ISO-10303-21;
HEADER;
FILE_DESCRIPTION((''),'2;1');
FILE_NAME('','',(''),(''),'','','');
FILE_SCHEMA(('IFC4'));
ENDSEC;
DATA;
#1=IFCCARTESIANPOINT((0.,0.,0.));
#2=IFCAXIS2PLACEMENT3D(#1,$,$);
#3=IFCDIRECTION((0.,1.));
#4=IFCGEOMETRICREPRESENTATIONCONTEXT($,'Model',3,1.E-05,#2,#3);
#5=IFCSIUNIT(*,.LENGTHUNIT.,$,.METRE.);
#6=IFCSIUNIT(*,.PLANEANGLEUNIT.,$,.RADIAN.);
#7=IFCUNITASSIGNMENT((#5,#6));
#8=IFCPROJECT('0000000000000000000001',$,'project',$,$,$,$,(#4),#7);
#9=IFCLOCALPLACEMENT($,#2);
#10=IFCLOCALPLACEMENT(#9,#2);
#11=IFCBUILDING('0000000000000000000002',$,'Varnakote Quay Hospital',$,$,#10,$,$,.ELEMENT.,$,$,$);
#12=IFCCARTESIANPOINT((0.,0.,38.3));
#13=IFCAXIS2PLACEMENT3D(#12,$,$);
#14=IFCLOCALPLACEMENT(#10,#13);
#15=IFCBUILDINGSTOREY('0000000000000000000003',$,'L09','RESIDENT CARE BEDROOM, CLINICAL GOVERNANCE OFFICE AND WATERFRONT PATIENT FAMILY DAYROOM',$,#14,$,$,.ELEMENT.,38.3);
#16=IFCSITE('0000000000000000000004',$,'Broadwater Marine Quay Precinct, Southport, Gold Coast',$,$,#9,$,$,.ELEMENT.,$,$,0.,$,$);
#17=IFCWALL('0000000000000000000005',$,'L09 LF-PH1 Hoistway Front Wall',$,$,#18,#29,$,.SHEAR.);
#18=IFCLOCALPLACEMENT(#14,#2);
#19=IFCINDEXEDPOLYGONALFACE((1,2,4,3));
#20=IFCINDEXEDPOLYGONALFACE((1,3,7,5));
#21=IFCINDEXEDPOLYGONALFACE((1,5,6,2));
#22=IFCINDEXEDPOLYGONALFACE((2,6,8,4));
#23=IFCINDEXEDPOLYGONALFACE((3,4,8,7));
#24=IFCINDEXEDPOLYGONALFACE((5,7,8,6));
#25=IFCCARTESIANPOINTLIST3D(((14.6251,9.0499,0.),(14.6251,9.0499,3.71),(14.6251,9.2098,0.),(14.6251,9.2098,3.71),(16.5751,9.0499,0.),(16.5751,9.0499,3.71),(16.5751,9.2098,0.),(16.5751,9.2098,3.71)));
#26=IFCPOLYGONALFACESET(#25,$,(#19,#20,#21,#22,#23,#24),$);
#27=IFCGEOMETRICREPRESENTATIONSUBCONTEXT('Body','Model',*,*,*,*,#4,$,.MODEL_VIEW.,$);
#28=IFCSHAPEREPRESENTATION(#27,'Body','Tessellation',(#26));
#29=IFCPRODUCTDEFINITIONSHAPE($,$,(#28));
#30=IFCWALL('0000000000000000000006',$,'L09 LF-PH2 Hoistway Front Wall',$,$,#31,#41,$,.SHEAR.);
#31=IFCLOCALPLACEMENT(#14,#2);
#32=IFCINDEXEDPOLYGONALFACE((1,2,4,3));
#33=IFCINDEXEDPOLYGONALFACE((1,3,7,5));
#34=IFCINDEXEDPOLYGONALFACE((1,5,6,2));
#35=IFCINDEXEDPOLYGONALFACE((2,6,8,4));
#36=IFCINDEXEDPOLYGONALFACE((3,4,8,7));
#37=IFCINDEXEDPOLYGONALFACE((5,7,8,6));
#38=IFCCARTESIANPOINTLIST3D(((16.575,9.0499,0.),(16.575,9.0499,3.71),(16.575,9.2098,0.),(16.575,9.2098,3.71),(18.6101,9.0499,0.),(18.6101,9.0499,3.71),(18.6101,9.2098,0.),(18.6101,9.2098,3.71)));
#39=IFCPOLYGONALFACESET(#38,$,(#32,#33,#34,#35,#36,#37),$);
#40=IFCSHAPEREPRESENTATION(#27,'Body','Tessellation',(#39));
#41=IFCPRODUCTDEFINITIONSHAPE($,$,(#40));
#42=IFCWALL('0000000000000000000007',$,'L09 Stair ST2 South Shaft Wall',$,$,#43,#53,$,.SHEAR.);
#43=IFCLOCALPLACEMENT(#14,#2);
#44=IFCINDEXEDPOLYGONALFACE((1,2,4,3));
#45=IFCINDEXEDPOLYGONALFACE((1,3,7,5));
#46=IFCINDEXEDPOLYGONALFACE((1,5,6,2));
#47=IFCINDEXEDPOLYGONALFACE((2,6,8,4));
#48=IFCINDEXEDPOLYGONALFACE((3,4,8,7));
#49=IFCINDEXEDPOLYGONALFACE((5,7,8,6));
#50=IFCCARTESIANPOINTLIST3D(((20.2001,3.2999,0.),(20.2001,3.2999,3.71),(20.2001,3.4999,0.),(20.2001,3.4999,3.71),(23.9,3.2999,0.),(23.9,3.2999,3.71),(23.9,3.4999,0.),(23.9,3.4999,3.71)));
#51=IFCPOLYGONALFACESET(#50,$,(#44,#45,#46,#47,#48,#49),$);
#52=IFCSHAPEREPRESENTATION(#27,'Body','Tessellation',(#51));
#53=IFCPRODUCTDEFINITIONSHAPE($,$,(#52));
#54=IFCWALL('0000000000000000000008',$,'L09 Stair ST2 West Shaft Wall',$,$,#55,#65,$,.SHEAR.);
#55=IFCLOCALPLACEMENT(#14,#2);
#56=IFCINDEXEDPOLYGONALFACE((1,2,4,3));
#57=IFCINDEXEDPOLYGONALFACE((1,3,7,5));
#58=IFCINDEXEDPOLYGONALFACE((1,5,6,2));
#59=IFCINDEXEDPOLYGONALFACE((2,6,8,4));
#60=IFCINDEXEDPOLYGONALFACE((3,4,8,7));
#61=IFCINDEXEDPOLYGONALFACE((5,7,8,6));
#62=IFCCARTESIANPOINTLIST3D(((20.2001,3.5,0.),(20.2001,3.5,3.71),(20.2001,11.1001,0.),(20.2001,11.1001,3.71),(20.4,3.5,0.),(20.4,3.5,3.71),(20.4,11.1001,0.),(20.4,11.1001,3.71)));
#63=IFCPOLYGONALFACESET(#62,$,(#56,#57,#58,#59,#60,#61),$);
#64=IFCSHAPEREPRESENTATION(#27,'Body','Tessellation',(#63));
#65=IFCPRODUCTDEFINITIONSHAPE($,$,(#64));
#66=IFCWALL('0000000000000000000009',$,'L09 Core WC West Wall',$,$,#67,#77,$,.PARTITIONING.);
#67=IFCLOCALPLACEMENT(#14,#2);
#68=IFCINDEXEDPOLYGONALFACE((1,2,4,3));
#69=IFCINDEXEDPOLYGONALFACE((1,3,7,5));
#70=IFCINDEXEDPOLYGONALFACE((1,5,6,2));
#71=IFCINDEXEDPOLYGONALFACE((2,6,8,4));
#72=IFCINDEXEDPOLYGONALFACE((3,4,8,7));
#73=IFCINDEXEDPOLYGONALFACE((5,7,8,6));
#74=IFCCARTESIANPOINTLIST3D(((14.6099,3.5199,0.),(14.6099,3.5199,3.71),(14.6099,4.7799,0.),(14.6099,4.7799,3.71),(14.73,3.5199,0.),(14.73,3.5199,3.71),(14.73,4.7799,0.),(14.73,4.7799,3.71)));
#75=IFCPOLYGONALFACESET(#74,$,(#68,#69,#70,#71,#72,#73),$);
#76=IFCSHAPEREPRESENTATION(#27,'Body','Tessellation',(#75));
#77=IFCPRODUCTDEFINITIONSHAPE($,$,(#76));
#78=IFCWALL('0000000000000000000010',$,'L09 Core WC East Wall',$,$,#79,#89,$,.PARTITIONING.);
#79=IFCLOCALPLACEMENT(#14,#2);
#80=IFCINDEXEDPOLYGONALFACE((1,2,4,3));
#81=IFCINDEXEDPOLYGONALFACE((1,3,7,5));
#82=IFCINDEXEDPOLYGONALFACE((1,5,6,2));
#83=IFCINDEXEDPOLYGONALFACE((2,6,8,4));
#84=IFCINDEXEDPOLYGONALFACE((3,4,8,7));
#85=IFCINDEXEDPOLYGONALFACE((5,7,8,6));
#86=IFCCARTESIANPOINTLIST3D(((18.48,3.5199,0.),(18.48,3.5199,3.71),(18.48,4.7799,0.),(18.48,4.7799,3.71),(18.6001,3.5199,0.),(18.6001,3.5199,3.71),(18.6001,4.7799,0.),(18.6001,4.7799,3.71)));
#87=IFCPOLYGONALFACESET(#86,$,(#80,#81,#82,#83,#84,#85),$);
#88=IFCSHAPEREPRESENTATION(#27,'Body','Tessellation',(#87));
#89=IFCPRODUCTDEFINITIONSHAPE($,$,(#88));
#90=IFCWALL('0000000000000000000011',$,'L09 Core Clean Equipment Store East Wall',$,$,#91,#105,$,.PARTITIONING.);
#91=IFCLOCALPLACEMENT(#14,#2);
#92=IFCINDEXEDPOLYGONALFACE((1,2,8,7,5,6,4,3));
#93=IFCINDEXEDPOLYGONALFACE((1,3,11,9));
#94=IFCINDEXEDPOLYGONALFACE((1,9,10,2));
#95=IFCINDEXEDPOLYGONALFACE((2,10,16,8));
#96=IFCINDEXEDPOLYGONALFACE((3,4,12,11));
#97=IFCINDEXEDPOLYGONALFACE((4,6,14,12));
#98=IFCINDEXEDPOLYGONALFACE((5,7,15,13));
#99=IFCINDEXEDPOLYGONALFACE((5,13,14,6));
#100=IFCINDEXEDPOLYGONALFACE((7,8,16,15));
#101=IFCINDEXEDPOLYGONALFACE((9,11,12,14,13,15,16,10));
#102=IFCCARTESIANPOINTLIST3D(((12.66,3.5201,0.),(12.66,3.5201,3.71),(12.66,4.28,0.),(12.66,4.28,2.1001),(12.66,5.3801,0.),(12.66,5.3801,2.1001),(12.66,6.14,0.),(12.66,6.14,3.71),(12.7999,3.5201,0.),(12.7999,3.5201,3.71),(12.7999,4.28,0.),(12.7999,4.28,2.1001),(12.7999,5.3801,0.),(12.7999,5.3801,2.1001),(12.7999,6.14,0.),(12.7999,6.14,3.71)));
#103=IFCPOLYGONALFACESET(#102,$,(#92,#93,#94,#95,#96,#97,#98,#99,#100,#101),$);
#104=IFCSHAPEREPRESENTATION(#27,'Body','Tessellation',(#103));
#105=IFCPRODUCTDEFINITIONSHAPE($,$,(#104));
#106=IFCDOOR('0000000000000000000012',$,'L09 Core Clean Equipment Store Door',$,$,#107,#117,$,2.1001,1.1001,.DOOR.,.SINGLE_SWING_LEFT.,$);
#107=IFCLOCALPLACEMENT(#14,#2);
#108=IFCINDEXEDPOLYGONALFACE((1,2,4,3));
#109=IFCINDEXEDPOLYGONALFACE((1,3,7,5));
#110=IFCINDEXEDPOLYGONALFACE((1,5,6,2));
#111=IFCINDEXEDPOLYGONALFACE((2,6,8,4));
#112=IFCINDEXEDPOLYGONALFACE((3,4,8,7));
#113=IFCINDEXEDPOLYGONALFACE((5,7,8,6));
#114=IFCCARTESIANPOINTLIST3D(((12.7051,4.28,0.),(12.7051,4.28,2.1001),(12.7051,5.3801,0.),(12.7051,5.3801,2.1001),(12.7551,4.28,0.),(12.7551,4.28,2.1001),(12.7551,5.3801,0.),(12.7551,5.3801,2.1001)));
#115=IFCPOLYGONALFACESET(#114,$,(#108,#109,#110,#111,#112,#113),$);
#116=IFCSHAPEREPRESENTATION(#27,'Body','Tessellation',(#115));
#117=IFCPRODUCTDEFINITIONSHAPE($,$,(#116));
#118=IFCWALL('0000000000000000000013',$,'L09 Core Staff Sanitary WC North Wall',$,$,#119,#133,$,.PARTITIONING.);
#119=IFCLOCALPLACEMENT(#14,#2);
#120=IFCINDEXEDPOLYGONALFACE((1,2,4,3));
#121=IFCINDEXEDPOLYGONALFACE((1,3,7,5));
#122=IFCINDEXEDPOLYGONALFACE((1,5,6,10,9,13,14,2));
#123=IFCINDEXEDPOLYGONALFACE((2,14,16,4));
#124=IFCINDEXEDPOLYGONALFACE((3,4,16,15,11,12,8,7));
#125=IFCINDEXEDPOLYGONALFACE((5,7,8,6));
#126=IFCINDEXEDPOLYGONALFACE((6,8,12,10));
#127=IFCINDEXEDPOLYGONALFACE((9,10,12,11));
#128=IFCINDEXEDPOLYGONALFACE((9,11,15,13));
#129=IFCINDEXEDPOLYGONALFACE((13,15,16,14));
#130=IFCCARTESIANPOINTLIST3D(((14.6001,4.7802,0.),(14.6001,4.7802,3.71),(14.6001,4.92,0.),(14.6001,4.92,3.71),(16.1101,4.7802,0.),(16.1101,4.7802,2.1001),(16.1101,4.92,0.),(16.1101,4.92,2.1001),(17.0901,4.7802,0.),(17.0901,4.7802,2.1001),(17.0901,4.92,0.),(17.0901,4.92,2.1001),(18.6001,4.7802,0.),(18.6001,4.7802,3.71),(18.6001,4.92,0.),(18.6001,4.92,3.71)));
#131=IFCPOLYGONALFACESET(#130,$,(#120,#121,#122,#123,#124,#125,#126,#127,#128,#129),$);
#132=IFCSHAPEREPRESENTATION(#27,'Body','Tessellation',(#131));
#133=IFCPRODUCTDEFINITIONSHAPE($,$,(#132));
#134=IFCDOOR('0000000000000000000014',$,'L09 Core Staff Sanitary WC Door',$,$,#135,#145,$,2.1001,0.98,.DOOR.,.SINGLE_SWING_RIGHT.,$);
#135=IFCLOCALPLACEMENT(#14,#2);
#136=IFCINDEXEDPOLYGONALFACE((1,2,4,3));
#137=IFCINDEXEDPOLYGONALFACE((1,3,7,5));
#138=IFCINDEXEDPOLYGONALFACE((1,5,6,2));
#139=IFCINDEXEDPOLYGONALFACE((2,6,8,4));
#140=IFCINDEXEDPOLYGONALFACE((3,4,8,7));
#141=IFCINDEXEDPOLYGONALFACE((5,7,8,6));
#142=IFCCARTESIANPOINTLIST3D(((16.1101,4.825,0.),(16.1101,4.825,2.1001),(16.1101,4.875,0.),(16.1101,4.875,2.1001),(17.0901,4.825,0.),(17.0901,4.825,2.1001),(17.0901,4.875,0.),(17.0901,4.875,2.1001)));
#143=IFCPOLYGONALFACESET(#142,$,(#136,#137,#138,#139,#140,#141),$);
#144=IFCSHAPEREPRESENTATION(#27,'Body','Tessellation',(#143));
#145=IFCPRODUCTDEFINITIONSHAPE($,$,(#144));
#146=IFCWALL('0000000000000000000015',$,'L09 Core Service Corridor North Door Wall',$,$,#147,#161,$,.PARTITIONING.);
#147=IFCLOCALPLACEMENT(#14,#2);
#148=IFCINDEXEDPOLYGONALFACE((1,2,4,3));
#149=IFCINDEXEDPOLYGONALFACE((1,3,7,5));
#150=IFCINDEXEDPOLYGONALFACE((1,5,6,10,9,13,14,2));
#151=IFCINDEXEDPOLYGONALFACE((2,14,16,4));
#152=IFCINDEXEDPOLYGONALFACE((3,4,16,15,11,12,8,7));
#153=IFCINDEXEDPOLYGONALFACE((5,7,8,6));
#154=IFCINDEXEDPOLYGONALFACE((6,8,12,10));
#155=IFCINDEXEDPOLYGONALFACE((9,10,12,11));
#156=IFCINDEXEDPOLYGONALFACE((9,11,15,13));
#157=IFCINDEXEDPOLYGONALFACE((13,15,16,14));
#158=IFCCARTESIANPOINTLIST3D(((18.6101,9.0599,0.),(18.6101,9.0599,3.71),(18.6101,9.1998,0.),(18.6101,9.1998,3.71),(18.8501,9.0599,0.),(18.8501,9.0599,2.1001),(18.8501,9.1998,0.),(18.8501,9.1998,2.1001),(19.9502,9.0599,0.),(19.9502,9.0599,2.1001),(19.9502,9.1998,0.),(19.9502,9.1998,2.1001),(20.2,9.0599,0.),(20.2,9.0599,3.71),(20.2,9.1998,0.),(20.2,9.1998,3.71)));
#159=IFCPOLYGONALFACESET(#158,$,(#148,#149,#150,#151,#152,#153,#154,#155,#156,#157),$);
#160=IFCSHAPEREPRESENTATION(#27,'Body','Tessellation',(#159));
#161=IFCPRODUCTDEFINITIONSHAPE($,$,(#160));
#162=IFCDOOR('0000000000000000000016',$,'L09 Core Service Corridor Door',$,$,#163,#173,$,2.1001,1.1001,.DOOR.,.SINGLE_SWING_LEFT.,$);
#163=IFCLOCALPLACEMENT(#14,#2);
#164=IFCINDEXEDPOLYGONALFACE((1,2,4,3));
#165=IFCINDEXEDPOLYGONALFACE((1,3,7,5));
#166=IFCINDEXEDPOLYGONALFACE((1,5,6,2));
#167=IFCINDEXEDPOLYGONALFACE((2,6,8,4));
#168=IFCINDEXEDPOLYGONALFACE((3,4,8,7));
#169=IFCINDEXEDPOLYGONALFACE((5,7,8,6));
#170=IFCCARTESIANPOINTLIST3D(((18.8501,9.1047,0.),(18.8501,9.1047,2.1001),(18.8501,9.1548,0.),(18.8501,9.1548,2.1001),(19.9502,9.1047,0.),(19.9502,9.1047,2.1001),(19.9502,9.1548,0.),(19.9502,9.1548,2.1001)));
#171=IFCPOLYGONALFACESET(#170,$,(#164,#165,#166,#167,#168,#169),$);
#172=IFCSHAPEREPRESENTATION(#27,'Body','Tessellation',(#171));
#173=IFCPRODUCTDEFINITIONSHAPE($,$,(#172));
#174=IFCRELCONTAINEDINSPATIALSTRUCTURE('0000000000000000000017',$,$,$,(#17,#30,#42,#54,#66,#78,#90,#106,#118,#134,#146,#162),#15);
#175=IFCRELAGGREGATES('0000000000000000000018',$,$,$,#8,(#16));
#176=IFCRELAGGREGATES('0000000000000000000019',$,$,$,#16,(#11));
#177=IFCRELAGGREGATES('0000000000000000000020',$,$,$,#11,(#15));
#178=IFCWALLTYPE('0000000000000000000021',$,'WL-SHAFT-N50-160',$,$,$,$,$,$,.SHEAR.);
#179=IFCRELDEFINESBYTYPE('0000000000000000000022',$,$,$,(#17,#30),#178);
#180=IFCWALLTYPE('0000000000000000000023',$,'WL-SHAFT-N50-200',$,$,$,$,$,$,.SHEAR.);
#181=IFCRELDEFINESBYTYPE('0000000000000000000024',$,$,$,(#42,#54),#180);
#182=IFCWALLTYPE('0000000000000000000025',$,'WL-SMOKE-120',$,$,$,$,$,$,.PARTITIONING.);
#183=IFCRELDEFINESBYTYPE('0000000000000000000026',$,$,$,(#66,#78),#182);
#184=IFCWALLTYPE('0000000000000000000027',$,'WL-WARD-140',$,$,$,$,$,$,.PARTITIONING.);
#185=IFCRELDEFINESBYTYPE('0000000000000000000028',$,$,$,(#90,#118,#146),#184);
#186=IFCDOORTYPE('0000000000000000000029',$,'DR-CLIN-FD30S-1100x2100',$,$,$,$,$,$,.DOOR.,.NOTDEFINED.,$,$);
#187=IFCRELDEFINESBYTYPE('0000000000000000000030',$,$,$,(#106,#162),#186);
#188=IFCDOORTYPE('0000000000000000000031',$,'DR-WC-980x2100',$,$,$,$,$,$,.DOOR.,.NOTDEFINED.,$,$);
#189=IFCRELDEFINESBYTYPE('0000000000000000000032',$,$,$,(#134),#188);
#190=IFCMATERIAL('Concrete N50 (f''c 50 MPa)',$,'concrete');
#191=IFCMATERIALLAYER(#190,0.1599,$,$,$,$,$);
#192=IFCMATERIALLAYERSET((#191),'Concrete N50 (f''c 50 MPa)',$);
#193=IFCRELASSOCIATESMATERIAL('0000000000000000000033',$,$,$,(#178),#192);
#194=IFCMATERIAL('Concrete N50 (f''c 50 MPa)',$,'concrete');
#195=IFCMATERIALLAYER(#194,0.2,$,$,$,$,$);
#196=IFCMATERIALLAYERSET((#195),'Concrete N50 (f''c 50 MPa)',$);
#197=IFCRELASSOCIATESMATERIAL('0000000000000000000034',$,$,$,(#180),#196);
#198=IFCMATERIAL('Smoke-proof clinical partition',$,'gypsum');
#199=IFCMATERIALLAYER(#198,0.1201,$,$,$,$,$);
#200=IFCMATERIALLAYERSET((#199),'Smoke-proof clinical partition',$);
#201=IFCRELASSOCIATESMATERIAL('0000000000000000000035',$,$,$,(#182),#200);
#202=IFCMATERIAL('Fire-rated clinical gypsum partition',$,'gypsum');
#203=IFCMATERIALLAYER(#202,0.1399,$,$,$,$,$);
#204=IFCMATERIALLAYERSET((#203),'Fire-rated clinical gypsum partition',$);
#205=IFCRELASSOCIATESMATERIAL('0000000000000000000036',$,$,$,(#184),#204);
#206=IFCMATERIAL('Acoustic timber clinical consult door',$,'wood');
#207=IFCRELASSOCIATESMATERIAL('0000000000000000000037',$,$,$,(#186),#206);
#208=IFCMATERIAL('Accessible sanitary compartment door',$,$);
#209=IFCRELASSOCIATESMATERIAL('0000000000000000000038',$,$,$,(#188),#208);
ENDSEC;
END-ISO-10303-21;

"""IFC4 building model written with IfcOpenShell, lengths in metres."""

from ifc_helpers import new_model, si_unit, direction, frame, frame_2d, origin, place, context, subcontext, project, spatial, rectangle, extrude, material, layer, layer_set, type_object, element, fill, save


model = new_model("IFC4")

# Units and contexts
model_context = context("Model", 3, precision=1e-05, world=origin(), true_north=direction((0.0, 1.0)))
body_context = subcontext(model_context, "Body", "Model", "MODEL_VIEW")
ifc_project = project(units=[si_unit("LENGTHUNIT", "METRE"), si_unit("PLANEANGLEUNIT", "RADIAN")], contexts=[model_context])

# Site, building, storey
site_placement = place(None, origin())
site = spatial("IfcSite", under=ifc_project, at=site_placement, Name="Broadwater Marine Quay Precinct, Southport, Gold Coast", CompositionType="ELEMENT", RefElevation=0.0)
building_placement = place(site_placement, origin())
building = spatial("IfcBuilding", under=site, at=building_placement, Name="Varnakote Quay Hospital", CompositionType="ELEMENT")
storey_placement = place(building_placement, frame((0.0, 0.0, 38.3)))
storey = spatial("IfcBuildingStorey", under=building, at=storey_placement, Name="L09", Description="RESIDENT CARE BEDROOM, CLINICAL GOVERNANCE OFFICE AND WATERFRONT PATIENT FAMILY DAYROOM", CompositionType="ELEMENT", Elevation=38.3)

# Walls
ifc_material_1 = material(Name="Concrete N50 (f'c 50 MPa)", Category="concrete")
ifc_layer_1 = layer(ifc_material_1, 0.1599)
ifc_layer_set_1 = layer_set([ifc_layer_1], Name="Concrete N50 (f'c 50 MPa)")
wall_type_1 = type_object("IfcWallType", Name="WL-SHAFT-N50-160", PredefinedType="SHEAR", material=ifc_layer_set_1)
wall_1_placement = place(storey_placement, frame((14.625, 9.1299, 0.0), z_axis=(0.0, 0.0, 1.0), x_axis=(1.0, 0.0, 0.0)))
element("IfcWall", 1, at=wall_1_placement, inside=storey, type_object=wall_type_1, Name="L09 LF-PH1 Hoistway Front Wall", PredefinedType="SHEAR", context=body_context, shape_type="SweptSolid", body=[
    extrude(rectangle(XDim=1.95, YDim=0.1599, at=frame_2d((0.9751, 0.0))), origin(), (0.0, 0.0, 1.0), 3.71),
])
wall_2_placement = place(storey_placement, frame((16.575, 9.1299, 0.0), z_axis=(0.0, 0.0, 1.0), x_axis=(1.0, 0.0, 0.0)))
element("IfcWall", 2, at=wall_2_placement, inside=storey, type_object=wall_type_1, Name="L09 LF-PH2 Hoistway Front Wall", PredefinedType="SHEAR", context=body_context, shape_type="SweptSolid", body=[
    extrude(rectangle(XDim=2.0352, YDim=0.1599, at=frame_2d((1.0176, 0.0))), origin(), (0.0, 0.0, 1.0), 3.71),
])
ifc_material_2 = material(Name="Concrete N50 (f'c 50 MPa)", Category="concrete")
ifc_layer_2 = layer(ifc_material_2, 0.2)
ifc_layer_set_2 = layer_set([ifc_layer_2], Name="Concrete N50 (f'c 50 MPa)")
wall_type_2 = type_object("IfcWallType", Name="WL-SHAFT-N50-200", PredefinedType="SHEAR", material=ifc_layer_set_2)
wall_3_placement = place(storey_placement, frame((20.2, 3.3999, 0.0), z_axis=(0.0, 0.0, 1.0), x_axis=(1.0, 0.0, 0.0)))
element("IfcWall", 3, at=wall_3_placement, inside=storey, type_object=wall_type_2, Name="L09 Stair ST2 South Shaft Wall", PredefinedType="SHEAR", context=body_context, shape_type="SweptSolid", body=[
    extrude(rectangle(XDim=3.7, YDim=0.2, at=frame_2d((1.8501, 0.0))), origin(), (0.0, 0.0, 1.0), 3.71),
])
wall_4_placement = place(storey_placement, frame((20.3, 3.5, 0.0), z_axis=(0.0, 0.0, 1.0), x_axis=(0.0, 1.0, 0.0)))
element("IfcWall", 4, at=wall_4_placement, inside=storey, type_object=wall_type_2, Name="L09 Stair ST2 West Shaft Wall", PredefinedType="SHEAR", context=body_context, shape_type="SweptSolid", body=[
    extrude(rectangle(XDim=7.6001, YDim=0.2, at=frame_2d((3.8, 0.0))), origin(), (0.0, 0.0, 1.0), 3.71),
])

# Walls
ifc_material_3 = material(Name="Smoke-proof clinical partition", Category="gypsum")
ifc_layer_3 = layer(ifc_material_3, 0.1201)
ifc_layer_set_3 = layer_set([ifc_layer_3], Name="Smoke-proof clinical partition")
wall_type_3 = type_object("IfcWallType", Name="WL-SMOKE-120", PredefinedType="PARTITIONING", material=ifc_layer_set_3)
for number, where, z_axis, x_axis, name in (
    (5, (14.6699, 3.52, 0.0), (0.0, 0.0, 1.0), (0.0, 1.0, 0.0), "L09 Core WC West Wall"),
    (6, (18.54, 3.52, 0.0), (0.0, 0.0, 1.0), (0.0, 1.0, 0.0), "L09 Core WC East Wall"),
):
    element("IfcWall", number, at=place(storey_placement, frame(where, z_axis=z_axis, x_axis=x_axis)), inside=storey, type_object=wall_type_3, Name=name, PredefinedType="PARTITIONING", context=body_context, shape_type="SweptSolid", body=[
        extrude(rectangle(XDim=1.26, YDim=0.1201, at=frame_2d((0.6299, 0.0))), origin(), (0.0, 0.0, 1.0), 3.71),
    ])

# Walls, openings, doors
ifc_material_4 = material(Name="Fire-rated clinical gypsum partition", Category="gypsum")
ifc_layer_4 = layer(ifc_material_4, 0.1399)
ifc_layer_set_4 = layer_set([ifc_layer_4], Name="Fire-rated clinical gypsum partition")
wall_type_4 = type_object("IfcWallType", Name="WL-WARD-140", PredefinedType="PARTITIONING", material=ifc_layer_set_4)
wall_5_placement = place(storey_placement, frame((12.73, 3.52, 0.0), z_axis=(0.0, 0.0, 1.0), x_axis=(0.0, 1.0, 0.0)))
wall_5 = element("IfcWall", 7, at=wall_5_placement, inside=storey, type_object=wall_type_4, Name="L09 Core Clean Equipment Store East Wall", PredefinedType="PARTITIONING", context=body_context, shape_type="SweptSolid", body=[
    extrude(rectangle(XDim=2.6199, YDim=0.1399, at=frame_2d((1.3101, 0.0))), origin(), (0.0, 0.0, 1.0), 3.71),
])
opening_1_placement = place(wall_5_placement, frame((0.76, 0.0, 0.0)))
opening_1 = element("IfcOpeningElement", 8, at=opening_1_placement, cuts=wall_5, PredefinedType="OPENING", context=body_context, shape_type="SweptSolid", body=[
    extrude(rectangle(XDim=1.1001, YDim=2.1001, at=frame_2d((0.55, 1.05))), frame((0.0, 0.0798, 0.0), z_axis=(0.0, -1.0, 0.0), x_axis=(1.0, 0.0, 0.0)), (0.0, 0.0, 1.0), 0.1599),
])
ifc_material_5 = material(Name="Acoustic timber clinical consult door", Category="wood")
door_type_1 = type_object("IfcDoorType", Name="DR-CLIN-FD30S-1100x2100", OperationType="NOTDEFINED", PredefinedType="DOOR", material=ifc_material_5)
door_1_placement = place(opening_1_placement, origin())
door_1 = element("IfcDoor", 9, at=door_1_placement, inside=storey, type_object=door_type_1, Name="L09 Core Clean Equipment Store Door", OperationType="SINGLE_SWING_LEFT", OverallHeight=2.1001, OverallWidth=1.1001, PredefinedType="DOOR", context=body_context, shape_type="SweptSolid", body=[
    extrude(rectangle(XDim=1.1001, YDim=2.1001, at=frame_2d((0.55, 1.05))), frame((0.0, 0.0249, 0.0), z_axis=(0.0, -1.0, 0.0), x_axis=(1.0, 0.0, 0.0)), (0.0, 0.0, 1.0), 0.05),
])
fill(opening_1, door_1)
wall_6_placement = place(storey_placement, frame((14.6001, 4.8501, 0.0), z_axis=(0.0, 0.0, 1.0), x_axis=(1.0, 0.0, 0.0)))
wall_6 = element("IfcWall", 10, at=wall_6_placement, inside=storey, type_object=wall_type_4, Name="L09 Core Staff Sanitary WC North Wall", PredefinedType="PARTITIONING", context=body_context, shape_type="SweptSolid", body=[
    extrude(rectangle(XDim=4.0, YDim=0.1399, at=frame_2d((2.0, 0.0))), origin(), (0.0, 0.0, 1.0), 3.71),
])
opening_2_placement = place(wall_6_placement, frame((1.51, 0.0, 0.0)))
opening_2 = element("IfcOpeningElement", 11, at=opening_2_placement, cuts=wall_6, PredefinedType="OPENING", context=body_context, shape_type="SweptSolid", body=[
    extrude(rectangle(XDim=0.98, YDim=2.1001, at=frame_2d((0.49, 1.05))), frame((0.0, 0.0798, 0.0), z_axis=(0.0, -1.0, 0.0), x_axis=(1.0, 0.0, 0.0)), (0.0, 0.0, 1.0), 0.1599),
])
ifc_material_6 = material(Name="Accessible sanitary compartment door")
door_type_2 = type_object("IfcDoorType", Name="DR-WC-980x2100", OperationType="NOTDEFINED", PredefinedType="DOOR", material=ifc_material_6)
door_2_placement = place(opening_2_placement, origin())
door_2 = element("IfcDoor", 12, at=door_2_placement, inside=storey, type_object=door_type_2, Name="L09 Core Staff Sanitary WC Door", OperationType="SINGLE_SWING_RIGHT", OverallHeight=2.1001, OverallWidth=0.98, PredefinedType="DOOR", context=body_context, shape_type="SweptSolid", body=[
    extrude(rectangle(XDim=0.98, YDim=2.1001, at=frame_2d((0.49, 1.05))), frame((0.0, 0.0249, 0.0), z_axis=(0.0, -1.0, 0.0), x_axis=(1.0, 0.0, 0.0)), (0.0, 0.0, 1.0), 0.05),
])
fill(opening_2, door_2)
wall_7_placement = place(storey_placement, frame((18.6101, 9.1299, 0.0), z_axis=(0.0, 0.0, 1.0), x_axis=(1.0, 0.0, 0.0)))
wall_7 = element("IfcWall", 13, at=wall_7_placement, inside=storey, type_object=wall_type_4, Name="L09 Core Service Corridor North Door Wall", PredefinedType="PARTITIONING", context=body_context, shape_type="SweptSolid", body=[
    extrude(rectangle(XDim=1.5898, YDim=0.1399, at=frame_2d((0.7949, 0.0))), origin(), (0.0, 0.0, 1.0), 3.71),
])
opening_3_placement = place(wall_7_placement, frame((0.24, 0.0, 0.0)))
opening_3 = element("IfcOpeningElement", 14, at=opening_3_placement, cuts=wall_7, PredefinedType="OPENING", context=body_context, shape_type="SweptSolid", body=[
    extrude(rectangle(XDim=1.1001, YDim=2.1001, at=frame_2d((0.55, 1.05))), frame((0.0, 0.0798, 0.0), z_axis=(0.0, -1.0, 0.0), x_axis=(1.0, 0.0, 0.0)), (0.0, 0.0, 1.0), 0.1599),
])
door_3_placement = place(opening_3_placement, origin())
door_3 = element("IfcDoor", 15, at=door_3_placement, inside=storey, type_object=door_type_1, Name="L09 Core Service Corridor Door", OperationType="SINGLE_SWING_LEFT", OverallHeight=2.1001, OverallWidth=1.1001, PredefinedType="DOOR", context=body_context, shape_type="SweptSolid", body=[
    extrude(rectangle(XDim=1.1001, YDim=2.1001, at=frame_2d((0.55, 1.05))), frame((0.0, 0.0249, 0.0), z_axis=(0.0, -1.0, 0.0), x_axis=(1.0, 0.0, 0.0)), (0.0, 0.0, 1.0), 0.05),
])
fill(opening_3, door_3)

save(model, "model.ifc")
